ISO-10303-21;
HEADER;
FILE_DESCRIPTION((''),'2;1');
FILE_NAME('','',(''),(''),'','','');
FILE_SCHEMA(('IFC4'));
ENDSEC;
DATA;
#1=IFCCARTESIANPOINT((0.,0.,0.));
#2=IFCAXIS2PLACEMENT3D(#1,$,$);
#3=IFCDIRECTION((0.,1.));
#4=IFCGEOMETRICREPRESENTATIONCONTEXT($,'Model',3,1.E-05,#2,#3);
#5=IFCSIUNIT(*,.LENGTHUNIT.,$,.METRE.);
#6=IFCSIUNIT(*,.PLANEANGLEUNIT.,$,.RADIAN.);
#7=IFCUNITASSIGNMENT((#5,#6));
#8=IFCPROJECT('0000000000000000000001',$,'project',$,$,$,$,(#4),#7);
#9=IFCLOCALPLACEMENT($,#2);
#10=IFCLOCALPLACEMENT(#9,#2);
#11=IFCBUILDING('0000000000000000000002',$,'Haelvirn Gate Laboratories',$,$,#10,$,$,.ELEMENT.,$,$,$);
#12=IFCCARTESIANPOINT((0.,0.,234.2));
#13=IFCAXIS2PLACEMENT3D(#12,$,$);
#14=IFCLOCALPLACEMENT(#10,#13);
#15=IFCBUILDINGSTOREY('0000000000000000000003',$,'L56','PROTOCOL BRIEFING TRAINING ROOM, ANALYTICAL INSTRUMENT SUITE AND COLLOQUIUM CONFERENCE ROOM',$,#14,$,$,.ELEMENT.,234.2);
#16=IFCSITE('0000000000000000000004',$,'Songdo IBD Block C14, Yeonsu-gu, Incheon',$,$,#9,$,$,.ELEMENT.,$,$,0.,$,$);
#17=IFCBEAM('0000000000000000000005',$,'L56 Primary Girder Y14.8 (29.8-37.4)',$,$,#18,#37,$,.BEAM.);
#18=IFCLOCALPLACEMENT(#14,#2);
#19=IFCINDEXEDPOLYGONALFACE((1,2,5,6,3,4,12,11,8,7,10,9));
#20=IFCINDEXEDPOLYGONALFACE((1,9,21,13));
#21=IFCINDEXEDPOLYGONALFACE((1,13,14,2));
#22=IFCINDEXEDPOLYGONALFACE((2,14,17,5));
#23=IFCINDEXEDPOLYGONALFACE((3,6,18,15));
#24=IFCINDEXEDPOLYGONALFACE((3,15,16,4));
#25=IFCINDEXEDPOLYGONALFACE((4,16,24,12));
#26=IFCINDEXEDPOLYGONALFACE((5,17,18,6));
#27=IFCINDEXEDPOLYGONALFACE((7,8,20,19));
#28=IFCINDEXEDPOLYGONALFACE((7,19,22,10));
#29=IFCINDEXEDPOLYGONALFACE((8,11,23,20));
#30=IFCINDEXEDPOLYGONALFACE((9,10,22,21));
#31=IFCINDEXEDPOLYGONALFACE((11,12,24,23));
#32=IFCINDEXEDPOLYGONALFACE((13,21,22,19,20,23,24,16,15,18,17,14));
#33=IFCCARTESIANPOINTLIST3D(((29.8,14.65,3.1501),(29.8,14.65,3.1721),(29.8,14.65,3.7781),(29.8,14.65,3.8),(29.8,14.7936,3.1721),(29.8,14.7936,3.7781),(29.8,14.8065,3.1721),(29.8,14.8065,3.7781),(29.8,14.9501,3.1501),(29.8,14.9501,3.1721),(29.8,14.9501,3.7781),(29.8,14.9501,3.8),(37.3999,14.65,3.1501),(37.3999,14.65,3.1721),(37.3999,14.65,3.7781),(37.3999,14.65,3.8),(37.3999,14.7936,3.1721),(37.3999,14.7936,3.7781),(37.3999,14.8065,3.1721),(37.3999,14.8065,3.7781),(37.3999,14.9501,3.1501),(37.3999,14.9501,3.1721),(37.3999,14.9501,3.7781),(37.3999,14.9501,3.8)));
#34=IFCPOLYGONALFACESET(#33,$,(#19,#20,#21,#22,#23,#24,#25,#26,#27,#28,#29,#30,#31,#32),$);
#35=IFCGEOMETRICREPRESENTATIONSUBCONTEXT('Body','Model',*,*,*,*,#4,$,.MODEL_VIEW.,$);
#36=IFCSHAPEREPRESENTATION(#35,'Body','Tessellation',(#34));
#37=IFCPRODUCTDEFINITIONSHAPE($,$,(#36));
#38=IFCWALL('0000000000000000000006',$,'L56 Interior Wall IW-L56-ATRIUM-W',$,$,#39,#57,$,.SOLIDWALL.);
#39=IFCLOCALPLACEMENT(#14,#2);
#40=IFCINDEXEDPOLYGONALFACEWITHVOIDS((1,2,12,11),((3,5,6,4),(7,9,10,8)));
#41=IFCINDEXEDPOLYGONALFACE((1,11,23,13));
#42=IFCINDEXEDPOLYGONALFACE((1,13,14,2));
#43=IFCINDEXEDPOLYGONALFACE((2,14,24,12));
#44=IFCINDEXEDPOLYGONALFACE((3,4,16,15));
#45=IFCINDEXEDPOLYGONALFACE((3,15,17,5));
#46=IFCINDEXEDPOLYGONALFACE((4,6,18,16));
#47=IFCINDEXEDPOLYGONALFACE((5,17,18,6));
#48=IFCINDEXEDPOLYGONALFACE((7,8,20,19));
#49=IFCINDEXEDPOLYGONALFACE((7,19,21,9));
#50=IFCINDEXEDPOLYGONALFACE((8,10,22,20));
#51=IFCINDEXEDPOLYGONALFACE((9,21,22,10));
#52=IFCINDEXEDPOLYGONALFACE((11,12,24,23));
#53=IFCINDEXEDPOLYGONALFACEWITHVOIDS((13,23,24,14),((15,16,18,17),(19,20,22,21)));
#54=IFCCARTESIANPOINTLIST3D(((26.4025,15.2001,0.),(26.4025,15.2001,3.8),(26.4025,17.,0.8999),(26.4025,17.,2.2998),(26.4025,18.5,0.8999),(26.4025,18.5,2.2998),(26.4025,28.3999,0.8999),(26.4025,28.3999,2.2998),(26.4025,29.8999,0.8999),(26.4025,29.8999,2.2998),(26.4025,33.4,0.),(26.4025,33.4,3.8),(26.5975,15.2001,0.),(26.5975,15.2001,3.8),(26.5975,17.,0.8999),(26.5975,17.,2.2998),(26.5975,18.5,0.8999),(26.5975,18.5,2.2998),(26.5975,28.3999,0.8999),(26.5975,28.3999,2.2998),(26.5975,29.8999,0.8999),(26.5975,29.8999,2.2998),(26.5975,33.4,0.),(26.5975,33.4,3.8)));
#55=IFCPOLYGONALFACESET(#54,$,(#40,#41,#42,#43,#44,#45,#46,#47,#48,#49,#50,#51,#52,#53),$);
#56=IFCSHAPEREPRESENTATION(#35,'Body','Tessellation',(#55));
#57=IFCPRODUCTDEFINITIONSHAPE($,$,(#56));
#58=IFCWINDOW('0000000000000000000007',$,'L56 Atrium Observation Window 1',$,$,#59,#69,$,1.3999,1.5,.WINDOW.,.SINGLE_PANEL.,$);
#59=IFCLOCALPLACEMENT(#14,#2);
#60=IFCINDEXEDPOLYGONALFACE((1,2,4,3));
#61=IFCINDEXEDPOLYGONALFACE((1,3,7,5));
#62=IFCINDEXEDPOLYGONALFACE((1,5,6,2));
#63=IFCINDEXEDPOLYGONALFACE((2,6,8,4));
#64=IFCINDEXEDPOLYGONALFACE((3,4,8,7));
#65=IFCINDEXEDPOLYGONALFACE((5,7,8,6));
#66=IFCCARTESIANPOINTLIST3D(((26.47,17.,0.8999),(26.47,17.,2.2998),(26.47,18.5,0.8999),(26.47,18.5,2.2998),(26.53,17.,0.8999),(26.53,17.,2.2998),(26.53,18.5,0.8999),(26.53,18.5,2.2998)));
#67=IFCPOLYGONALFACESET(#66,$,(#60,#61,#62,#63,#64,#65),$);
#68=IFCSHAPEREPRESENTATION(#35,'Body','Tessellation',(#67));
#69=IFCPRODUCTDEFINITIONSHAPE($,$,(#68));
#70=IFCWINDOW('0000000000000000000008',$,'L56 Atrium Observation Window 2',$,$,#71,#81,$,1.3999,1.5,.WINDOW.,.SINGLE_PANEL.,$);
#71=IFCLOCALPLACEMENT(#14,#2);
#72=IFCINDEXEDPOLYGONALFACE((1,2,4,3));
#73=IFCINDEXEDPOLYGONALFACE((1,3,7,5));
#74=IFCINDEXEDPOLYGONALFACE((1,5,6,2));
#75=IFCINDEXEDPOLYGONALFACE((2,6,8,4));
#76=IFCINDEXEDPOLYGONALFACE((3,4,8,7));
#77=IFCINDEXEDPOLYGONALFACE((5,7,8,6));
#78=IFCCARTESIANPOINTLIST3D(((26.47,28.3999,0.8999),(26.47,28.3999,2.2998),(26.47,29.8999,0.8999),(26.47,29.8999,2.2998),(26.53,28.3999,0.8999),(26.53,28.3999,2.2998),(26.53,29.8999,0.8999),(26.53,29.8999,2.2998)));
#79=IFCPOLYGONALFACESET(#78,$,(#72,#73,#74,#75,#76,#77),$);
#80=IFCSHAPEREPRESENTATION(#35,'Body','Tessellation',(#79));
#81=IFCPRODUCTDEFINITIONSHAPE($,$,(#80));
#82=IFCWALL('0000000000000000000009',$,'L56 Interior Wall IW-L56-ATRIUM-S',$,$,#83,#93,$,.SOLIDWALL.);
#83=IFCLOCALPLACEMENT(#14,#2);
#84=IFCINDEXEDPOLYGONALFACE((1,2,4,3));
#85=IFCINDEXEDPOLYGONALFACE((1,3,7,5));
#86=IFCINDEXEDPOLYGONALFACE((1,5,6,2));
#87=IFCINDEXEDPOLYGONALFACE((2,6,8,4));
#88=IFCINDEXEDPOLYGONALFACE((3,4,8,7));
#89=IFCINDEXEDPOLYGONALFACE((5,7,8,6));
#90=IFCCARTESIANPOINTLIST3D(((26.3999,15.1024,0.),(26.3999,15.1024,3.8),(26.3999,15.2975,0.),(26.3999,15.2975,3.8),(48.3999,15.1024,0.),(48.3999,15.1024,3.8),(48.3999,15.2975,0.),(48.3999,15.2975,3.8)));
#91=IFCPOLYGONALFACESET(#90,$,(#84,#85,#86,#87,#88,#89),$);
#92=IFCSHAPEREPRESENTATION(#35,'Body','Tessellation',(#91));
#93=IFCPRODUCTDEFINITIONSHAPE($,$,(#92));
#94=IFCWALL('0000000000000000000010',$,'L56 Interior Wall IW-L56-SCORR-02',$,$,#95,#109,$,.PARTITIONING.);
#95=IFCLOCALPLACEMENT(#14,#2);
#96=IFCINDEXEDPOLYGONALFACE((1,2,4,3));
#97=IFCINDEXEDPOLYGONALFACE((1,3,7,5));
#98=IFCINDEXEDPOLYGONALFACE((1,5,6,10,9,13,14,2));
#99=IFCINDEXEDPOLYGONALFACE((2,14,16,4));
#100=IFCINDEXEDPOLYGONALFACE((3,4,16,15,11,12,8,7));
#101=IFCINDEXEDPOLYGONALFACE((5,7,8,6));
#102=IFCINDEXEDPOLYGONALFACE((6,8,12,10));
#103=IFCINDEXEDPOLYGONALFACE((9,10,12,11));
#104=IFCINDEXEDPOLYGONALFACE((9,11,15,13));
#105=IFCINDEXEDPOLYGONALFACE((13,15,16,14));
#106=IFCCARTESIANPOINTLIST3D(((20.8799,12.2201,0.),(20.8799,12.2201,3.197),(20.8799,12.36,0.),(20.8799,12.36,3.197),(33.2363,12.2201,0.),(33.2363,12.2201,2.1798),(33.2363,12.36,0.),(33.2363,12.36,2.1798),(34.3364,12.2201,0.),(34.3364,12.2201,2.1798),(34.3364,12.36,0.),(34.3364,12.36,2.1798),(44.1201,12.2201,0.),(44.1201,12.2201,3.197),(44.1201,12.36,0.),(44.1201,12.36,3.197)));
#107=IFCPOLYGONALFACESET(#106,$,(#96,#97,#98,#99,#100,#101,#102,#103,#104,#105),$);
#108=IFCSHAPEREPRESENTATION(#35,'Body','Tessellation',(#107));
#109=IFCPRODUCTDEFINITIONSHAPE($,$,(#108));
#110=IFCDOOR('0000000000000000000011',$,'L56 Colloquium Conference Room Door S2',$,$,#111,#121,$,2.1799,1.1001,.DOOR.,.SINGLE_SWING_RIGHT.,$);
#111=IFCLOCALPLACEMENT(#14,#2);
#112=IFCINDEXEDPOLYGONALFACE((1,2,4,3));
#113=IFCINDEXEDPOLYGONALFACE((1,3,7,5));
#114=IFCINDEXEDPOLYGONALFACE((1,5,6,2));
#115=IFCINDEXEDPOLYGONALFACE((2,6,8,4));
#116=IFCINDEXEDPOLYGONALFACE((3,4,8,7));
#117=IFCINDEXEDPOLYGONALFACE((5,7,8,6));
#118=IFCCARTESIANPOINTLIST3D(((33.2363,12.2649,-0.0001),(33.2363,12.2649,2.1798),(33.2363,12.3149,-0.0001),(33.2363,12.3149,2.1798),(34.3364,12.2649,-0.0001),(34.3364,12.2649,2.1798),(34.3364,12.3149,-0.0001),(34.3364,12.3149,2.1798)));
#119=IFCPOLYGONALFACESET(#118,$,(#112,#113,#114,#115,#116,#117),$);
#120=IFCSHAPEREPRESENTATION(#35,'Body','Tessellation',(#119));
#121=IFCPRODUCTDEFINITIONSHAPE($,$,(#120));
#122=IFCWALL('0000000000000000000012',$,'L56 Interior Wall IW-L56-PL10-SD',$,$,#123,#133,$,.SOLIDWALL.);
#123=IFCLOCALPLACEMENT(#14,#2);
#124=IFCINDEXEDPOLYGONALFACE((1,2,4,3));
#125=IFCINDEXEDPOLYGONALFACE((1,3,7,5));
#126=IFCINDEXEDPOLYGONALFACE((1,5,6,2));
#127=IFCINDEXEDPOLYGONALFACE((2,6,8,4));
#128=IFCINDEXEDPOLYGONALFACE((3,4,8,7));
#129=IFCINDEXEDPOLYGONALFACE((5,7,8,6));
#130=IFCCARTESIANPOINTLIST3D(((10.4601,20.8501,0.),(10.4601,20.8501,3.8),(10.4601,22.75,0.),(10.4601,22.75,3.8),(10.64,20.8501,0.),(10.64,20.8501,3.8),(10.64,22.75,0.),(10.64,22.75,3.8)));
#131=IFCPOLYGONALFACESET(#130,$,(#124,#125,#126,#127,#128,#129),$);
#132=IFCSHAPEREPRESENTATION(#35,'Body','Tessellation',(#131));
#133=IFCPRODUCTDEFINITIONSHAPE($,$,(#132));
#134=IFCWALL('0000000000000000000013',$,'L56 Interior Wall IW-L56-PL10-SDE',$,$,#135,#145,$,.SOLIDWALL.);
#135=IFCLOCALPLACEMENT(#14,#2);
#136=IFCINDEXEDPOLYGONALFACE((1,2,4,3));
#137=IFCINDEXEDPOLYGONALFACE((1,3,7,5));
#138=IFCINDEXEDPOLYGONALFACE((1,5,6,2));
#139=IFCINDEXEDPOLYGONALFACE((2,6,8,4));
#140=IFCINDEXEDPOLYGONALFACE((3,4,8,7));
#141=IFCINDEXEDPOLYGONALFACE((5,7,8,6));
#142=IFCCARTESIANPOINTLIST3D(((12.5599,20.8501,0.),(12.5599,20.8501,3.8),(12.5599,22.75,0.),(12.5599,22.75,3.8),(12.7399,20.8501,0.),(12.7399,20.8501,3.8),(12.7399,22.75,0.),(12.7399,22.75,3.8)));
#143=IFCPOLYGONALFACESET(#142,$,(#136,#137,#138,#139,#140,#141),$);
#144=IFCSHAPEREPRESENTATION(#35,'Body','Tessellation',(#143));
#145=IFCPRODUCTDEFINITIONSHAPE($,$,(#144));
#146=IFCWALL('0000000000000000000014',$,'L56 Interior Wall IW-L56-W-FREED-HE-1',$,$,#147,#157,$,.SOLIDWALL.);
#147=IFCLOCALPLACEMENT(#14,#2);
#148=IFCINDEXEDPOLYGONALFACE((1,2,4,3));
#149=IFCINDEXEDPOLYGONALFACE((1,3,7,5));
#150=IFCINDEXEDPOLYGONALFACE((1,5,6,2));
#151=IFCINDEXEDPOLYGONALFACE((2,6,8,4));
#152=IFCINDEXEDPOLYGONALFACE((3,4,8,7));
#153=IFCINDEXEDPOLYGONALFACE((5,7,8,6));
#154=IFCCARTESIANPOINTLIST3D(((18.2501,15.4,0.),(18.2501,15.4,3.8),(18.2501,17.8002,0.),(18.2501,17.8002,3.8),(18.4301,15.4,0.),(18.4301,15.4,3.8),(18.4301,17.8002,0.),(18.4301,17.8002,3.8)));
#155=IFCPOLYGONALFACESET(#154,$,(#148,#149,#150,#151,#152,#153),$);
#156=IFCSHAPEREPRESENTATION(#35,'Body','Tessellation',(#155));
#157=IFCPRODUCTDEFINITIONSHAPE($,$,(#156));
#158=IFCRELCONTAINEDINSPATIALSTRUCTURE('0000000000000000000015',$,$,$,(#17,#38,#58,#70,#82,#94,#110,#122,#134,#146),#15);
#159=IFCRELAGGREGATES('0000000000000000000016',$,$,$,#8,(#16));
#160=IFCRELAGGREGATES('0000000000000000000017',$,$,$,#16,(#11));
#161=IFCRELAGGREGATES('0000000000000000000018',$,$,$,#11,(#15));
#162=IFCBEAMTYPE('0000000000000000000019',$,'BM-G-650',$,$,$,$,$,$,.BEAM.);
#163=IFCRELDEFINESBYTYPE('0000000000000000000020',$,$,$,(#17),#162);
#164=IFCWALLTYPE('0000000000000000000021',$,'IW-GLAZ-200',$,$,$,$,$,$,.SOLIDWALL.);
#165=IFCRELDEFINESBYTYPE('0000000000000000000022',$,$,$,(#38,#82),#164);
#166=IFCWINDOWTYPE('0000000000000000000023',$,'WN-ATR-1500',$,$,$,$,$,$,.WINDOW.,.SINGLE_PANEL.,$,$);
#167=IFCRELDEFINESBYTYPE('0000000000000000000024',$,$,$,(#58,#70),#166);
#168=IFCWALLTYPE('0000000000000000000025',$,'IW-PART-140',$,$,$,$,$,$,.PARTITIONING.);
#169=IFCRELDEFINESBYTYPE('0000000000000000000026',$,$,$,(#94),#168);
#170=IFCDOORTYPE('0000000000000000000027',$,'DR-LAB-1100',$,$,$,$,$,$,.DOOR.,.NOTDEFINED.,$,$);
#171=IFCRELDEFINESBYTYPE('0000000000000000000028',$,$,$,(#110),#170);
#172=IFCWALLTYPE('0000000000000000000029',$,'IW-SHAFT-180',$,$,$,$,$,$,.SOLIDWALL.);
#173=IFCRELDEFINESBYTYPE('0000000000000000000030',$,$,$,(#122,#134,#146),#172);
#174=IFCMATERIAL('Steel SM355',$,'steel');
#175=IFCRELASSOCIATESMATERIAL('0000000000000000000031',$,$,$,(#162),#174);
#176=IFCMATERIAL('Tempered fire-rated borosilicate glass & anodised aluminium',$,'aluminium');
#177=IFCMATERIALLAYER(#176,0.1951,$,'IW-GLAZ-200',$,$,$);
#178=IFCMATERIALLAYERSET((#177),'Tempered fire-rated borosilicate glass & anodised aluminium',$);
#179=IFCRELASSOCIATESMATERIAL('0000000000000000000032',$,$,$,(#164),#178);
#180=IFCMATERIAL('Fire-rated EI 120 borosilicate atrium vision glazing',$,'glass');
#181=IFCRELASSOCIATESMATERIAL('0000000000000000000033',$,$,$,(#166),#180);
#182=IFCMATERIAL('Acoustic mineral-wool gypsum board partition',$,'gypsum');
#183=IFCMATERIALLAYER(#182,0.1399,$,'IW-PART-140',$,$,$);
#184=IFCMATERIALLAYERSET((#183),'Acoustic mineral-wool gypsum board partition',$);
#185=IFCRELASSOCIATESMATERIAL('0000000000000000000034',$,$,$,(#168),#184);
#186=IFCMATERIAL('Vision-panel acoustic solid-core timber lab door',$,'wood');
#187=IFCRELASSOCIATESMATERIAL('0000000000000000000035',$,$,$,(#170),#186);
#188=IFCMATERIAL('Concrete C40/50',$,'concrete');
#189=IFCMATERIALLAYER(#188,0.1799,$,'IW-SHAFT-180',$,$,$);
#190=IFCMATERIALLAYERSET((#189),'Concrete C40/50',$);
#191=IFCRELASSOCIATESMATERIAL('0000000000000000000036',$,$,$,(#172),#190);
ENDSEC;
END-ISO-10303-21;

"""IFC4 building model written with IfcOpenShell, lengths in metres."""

from ifc_helpers import new_model, si_unit, direction, frame, frame_2d, origin, origin_2d, place, context, subcontext, project, spatial, rectangle, i_section, extrude, source, transform, mapped, material, layer, layer_set, material_profile, profile_set, type_object, type_shapes, element, fill, save


model = new_model("IFC4")

# Units and contexts
model_context = context("Model", 3, precision=1e-05, world=origin(), true_north=direction((0.0, 1.0)))
body_context = subcontext(model_context, "Body", "Model", "MODEL_VIEW")
ifc_project = project(units=[si_unit("LENGTHUNIT", "METRE"), si_unit("PLANEANGLEUNIT", "RADIAN")], contexts=[model_context])

# Site, building, storey
site_placement = place(None, origin())
site = spatial("IfcSite", under=ifc_project, at=site_placement, Name="Songdo IBD Block C14, Yeonsu-gu, Incheon", CompositionType="ELEMENT", RefElevation=0.0)
building_placement = place(site_placement, origin())
building = spatial("IfcBuilding", under=site, at=building_placement, Name="Haelvirn Gate Laboratories", CompositionType="ELEMENT")
storey_placement = place(building_placement, frame((0.0, 0.0, 234.2)))
storey = spatial("IfcBuildingStorey", under=building, at=storey_placement, Name="L56", Description="PROTOCOL BRIEFING TRAINING ROOM, ANALYTICAL INSTRUMENT SUITE AND COLLOQUIUM CONFERENCE ROOM", CompositionType="ELEMENT", Elevation=234.2)

# Shared definitions
ifc_material_1 = material(Name="Steel SM355", Category="steel")

# Beam
ifc_material_profile_1 = material_profile(ifc_material_1, i_section(OverallWidth=0.3, OverallDepth=0.6499, WebThickness=0.0129, FlangeThickness=0.022, at=origin_2d()), Name="H-650x300x13x22")
ifc_profile_set_1 = profile_set([ifc_material_profile_1], Name="Steel SM355")
beam_type_1 = type_object("IfcBeamType", Name="BM-G-650", PredefinedType="BEAM", material=ifc_profile_set_1)
shared_shape_1 = source(origin(), body_context, "Body", "SweptSolid", [
    extrude(i_section(OverallWidth=0.3, OverallDepth=0.6499, WebThickness=0.0129, FlangeThickness=0.022, at=origin_2d()), origin(), (0.0, 0.0, 1.0), 7.5999),
])
for number, where, z_axis, x_axis, name in (
    (1, (29.8, 14.8, 3.4751), (1.0, 0.0, 0.0), (0.0, 1.0, 0.0), "L56 Primary Girder Y14.8 (29.8-37.4)"),
):
    element("IfcBeam", number, at=place(storey_placement, frame(where, z_axis=z_axis, x_axis=x_axis)), inside=storey, type_object=beam_type_1, Name=name, PredefinedType="BEAM", context=body_context, shape_type="MappedRepresentation", body=[
        mapped(shared_shape_1, transform((0.0, 0.0, 0.0), scale=1.0)),
    ])

# Wall, openings, windows
ifc_material_2 = material(Name="Tempered fire-rated borosilicate glass & anodised aluminium", Category="aluminium")
ifc_layer_1 = layer(ifc_material_2, 0.1951, Name="IW-GLAZ-200")
ifc_layer_set_1 = layer_set([ifc_layer_1], Name="Tempered fire-rated borosilicate glass & anodised aluminium")
wall_type_1 = type_object("IfcWallType", Name="IW-GLAZ-200", PredefinedType="SOLIDWALL", material=ifc_layer_set_1)
wall_1_placement = place(storey_placement, frame((26.5, 15.2, 0.0), z_axis=(0.0, 0.0, 1.0), x_axis=(0.0, 1.0, 0.0)))
wall_1 = element("IfcWall", 2, at=wall_1_placement, inside=storey, type_object=wall_type_1, Name="L56 Interior Wall IW-L56-ATRIUM-W", PredefinedType="SOLIDWALL", context=body_context, shape_type="SweptSolid", body=[
    extrude(rectangle(XDim=18.2, YDim=0.1951, at=frame_2d((9.1001, 0.0))), origin(), (0.0, 0.0, 1.0), 3.8),
])
opening_1_placement = place(wall_1_placement, frame((1.8, 0.0, 0.8999)))
opening_1 = element("IfcOpeningElement", 3, at=opening_1_placement, cuts=wall_1, PredefinedType="OPENING", context=body_context, shape_type="SweptSolid", body=[
    extrude(rectangle(XDim=1.5, YDim=1.3999, at=frame_2d((0.75, 0.7))), frame((0.0, 0.1074, 0.0), z_axis=(0.0, -1.0, 0.0), x_axis=(1.0, 0.0, 0.0)), (0.0, 0.0, 1.0), 0.2151),
])
opening_2_placement = place(wall_1_placement, frame((13.2, 0.0, 0.8999)))
opening_2 = element("IfcOpeningElement", 4, at=opening_2_placement, cuts=wall_1, PredefinedType="OPENING", context=body_context, shape_type="SweptSolid", body=[
    extrude(rectangle(XDim=1.5, YDim=1.3999, at=frame_2d((0.75, 0.7))), frame((0.0, 0.1074, 0.0), z_axis=(0.0, -1.0, 0.0), x_axis=(1.0, 0.0, 0.0)), (0.0, 0.0, 1.0), 0.2151),
])
ifc_material_3 = material(Name="Fire-rated EI 120 borosilicate atrium vision glazing", Category="glass")
window_type = type_object("IfcWindowType", Name="WN-ATR-1500", PartitioningType="SINGLE_PANEL", PredefinedType="WINDOW", material=ifc_material_3)
shared_shape_2 = source(origin(), body_context, "Body", "SweptSolid", [
    extrude(rectangle(XDim=1.5, YDim=1.3999, at=frame_2d((0.75, 0.7))), frame((0.0, 0.03, 0.0), z_axis=(0.0, -1.0, 0.0), x_axis=(1.0, 0.0, 0.0)), (0.0, 0.0, 1.0), 0.0601),
])
type_shapes(window_type, [shared_shape_2])
window_1_placement = place(opening_1_placement, origin())
window_1 = element("IfcWindow", 5, at=window_1_placement, inside=storey, type_object=window_type, Name="L56 Atrium Observation Window 1", OverallHeight=1.3999, OverallWidth=1.5, PartitioningType="SINGLE_PANEL", PredefinedType="WINDOW", context=body_context, shape_type="MappedRepresentation", body=[
    mapped(shared_shape_2, transform((0.0, 0.0, 0.0), scale=1.0)),
])
fill(opening_1, window_1)
window_2_placement = place(opening_2_placement, origin())
window_2 = element("IfcWindow", 6, at=window_2_placement, inside=storey, type_object=window_type, Name="L56 Atrium Observation Window 2", OverallHeight=1.3999, OverallWidth=1.5, PartitioningType="SINGLE_PANEL", PredefinedType="WINDOW", context=body_context, shape_type="MappedRepresentation", body=[
    mapped(shared_shape_2, transform((0.0, 0.0, 0.0), scale=1.0)),
])
fill(opening_2, window_2)

# Wall
wall_2_placement = place(storey_placement, frame((26.3999, 15.2, 0.0), z_axis=(0.0, 0.0, 1.0), x_axis=(1.0, 0.0, 0.0)))
element("IfcWall", 7, at=wall_2_placement, inside=storey, type_object=wall_type_1, Name="L56 Interior Wall IW-L56-ATRIUM-S", PredefinedType="SOLIDWALL", context=body_context, shape_type="SweptSolid", body=[
    extrude(rectangle(XDim=22.0, YDim=0.1951, at=frame_2d((11.0, 0.0))), origin(), (0.0, 0.0, 1.0), 3.8),
])

# Wall, opening, door
ifc_material_4 = material(Name="Acoustic mineral-wool gypsum board partition", Category="gypsum")
ifc_layer_2 = layer(ifc_material_4, 0.1399, Name="IW-PART-140")
ifc_layer_set_2 = layer_set([ifc_layer_2], Name="Acoustic mineral-wool gypsum board partition")
wall_type_2 = type_object("IfcWallType", Name="IW-PART-140", PredefinedType="PARTITIONING", material=ifc_layer_set_2)
wall_3_placement = place(storey_placement, frame((20.8799, 12.29, 0.0), z_axis=(0.0, 0.0, 1.0), x_axis=(1.0, 0.0, 0.0)))
wall_3 = element("IfcWall", 8, at=wall_3_placement, inside=storey, type_object=wall_type_2, Name="L56 Interior Wall IW-L56-SCORR-02", PredefinedType="PARTITIONING", context=body_context, shape_type="SweptSolid", body=[
    extrude(rectangle(XDim=23.2402, YDim=0.1399, at=frame_2d((11.6201, 0.0))), origin(), (0.0, 0.0, 1.0), 3.197),
])
opening_3_placement = place(wall_3_placement, frame((12.3564, 0.0, 0.0)))
opening_3 = element("IfcOpeningElement", 9, at=opening_3_placement, cuts=wall_3, PredefinedType="OPENING", context=body_context, shape_type="SweptSolid", body=[
    extrude(rectangle(XDim=1.1001, YDim=2.1799, at=frame_2d((0.55, 1.0898))), frame((0.0, 0.0801, 0.0), z_axis=(0.0, -1.0, 0.0), x_axis=(1.0, 0.0, 0.0)), (0.0, 0.0, 1.0), 0.1599),
])
ifc_material_5 = material(Name="Vision-panel acoustic solid-core timber lab door", Category="wood")
door_type_1 = type_object("IfcDoorType", Name="DR-LAB-1100", OperationType="NOTDEFINED", PredefinedType="DOOR", material=ifc_material_5)
shared_shape_3 = source(origin(), body_context, "Body", "SweptSolid", [
    extrude(rectangle(XDim=1.1001, YDim=2.1799, at=frame_2d((0.55, 1.0898))), frame((0.0, 0.0249, 0.0), z_axis=(0.0, -1.0, 0.0), x_axis=(1.0, 0.0, 0.0)), (0.0, 0.0, 1.0), 0.05),
])
type_shapes(door_type_1, [shared_shape_3])
door_1_placement = place(opening_3_placement, origin())
door_1 = element("IfcDoor", 10, at=door_1_placement, inside=storey, type_object=door_type_1, Name="L56 Colloquium Conference Room Door S2", OperationType="SINGLE_SWING_RIGHT", OverallHeight=2.1799, OverallWidth=1.1001, PredefinedType="DOOR", context=body_context, shape_type="MappedRepresentation", body=[
    mapped(shared_shape_3, transform((0.0, 0.0, 0.0), scale=1.0)),
])
fill(opening_3, door_1)

# Walls
ifc_material_6 = material(Name="Concrete C40/50", Category="concrete")
ifc_layer_3 = layer(ifc_material_6, 0.1799, Name="IW-SHAFT-180")
ifc_layer_set_3 = layer_set([ifc_layer_3], Name="Concrete C40/50")
wall_type_3 = type_object("IfcWallType", Name="IW-SHAFT-180", PredefinedType="SOLIDWALL", material=ifc_layer_set_3)
for number, where, z_axis, x_axis, name in (
    (11, (10.55, 20.8501, 0.0), (0.0, 0.0, 1.0), (0.0, 1.0, 0.0), "L56 Interior Wall IW-L56-PL10-SD"),
    (12, (12.6499, 20.8501, 0.0), (0.0, 0.0, 1.0), (0.0, 1.0, 0.0), "L56 Interior Wall IW-L56-PL10-SDE"),
):
    element("IfcWall", number, at=place(storey_placement, frame(where, z_axis=z_axis, x_axis=x_axis)), inside=storey, type_object=wall_type_3, Name=name, PredefinedType="SOLIDWALL", context=body_context, shape_type="SweptSolid", body=[
        extrude(rectangle(XDim=1.8999, YDim=0.1799, at=frame_2d((0.95, 0.0))), origin(), (0.0, 0.0, 1.0), 3.8),
    ])
wall_4_placement = place(storey_placement, frame((18.3401, 15.3999, 0.0), z_axis=(0.0, 0.0, 1.0), x_axis=(0.0, 1.0, 0.0)))
element("IfcWall", 13, at=wall_4_placement, inside=storey, type_object=wall_type_3, Name="L56 Interior Wall IW-L56-W-FREED-HE-1", PredefinedType="SOLIDWALL", context=body_context, shape_type="SweptSolid", body=[
    extrude(rectangle(XDim=2.4001, YDim=0.1799, at=frame_2d((1.2002, 0.0))), origin(), (0.0, 0.0, 1.0), 3.8),
])

save(model, "model.ifc")
